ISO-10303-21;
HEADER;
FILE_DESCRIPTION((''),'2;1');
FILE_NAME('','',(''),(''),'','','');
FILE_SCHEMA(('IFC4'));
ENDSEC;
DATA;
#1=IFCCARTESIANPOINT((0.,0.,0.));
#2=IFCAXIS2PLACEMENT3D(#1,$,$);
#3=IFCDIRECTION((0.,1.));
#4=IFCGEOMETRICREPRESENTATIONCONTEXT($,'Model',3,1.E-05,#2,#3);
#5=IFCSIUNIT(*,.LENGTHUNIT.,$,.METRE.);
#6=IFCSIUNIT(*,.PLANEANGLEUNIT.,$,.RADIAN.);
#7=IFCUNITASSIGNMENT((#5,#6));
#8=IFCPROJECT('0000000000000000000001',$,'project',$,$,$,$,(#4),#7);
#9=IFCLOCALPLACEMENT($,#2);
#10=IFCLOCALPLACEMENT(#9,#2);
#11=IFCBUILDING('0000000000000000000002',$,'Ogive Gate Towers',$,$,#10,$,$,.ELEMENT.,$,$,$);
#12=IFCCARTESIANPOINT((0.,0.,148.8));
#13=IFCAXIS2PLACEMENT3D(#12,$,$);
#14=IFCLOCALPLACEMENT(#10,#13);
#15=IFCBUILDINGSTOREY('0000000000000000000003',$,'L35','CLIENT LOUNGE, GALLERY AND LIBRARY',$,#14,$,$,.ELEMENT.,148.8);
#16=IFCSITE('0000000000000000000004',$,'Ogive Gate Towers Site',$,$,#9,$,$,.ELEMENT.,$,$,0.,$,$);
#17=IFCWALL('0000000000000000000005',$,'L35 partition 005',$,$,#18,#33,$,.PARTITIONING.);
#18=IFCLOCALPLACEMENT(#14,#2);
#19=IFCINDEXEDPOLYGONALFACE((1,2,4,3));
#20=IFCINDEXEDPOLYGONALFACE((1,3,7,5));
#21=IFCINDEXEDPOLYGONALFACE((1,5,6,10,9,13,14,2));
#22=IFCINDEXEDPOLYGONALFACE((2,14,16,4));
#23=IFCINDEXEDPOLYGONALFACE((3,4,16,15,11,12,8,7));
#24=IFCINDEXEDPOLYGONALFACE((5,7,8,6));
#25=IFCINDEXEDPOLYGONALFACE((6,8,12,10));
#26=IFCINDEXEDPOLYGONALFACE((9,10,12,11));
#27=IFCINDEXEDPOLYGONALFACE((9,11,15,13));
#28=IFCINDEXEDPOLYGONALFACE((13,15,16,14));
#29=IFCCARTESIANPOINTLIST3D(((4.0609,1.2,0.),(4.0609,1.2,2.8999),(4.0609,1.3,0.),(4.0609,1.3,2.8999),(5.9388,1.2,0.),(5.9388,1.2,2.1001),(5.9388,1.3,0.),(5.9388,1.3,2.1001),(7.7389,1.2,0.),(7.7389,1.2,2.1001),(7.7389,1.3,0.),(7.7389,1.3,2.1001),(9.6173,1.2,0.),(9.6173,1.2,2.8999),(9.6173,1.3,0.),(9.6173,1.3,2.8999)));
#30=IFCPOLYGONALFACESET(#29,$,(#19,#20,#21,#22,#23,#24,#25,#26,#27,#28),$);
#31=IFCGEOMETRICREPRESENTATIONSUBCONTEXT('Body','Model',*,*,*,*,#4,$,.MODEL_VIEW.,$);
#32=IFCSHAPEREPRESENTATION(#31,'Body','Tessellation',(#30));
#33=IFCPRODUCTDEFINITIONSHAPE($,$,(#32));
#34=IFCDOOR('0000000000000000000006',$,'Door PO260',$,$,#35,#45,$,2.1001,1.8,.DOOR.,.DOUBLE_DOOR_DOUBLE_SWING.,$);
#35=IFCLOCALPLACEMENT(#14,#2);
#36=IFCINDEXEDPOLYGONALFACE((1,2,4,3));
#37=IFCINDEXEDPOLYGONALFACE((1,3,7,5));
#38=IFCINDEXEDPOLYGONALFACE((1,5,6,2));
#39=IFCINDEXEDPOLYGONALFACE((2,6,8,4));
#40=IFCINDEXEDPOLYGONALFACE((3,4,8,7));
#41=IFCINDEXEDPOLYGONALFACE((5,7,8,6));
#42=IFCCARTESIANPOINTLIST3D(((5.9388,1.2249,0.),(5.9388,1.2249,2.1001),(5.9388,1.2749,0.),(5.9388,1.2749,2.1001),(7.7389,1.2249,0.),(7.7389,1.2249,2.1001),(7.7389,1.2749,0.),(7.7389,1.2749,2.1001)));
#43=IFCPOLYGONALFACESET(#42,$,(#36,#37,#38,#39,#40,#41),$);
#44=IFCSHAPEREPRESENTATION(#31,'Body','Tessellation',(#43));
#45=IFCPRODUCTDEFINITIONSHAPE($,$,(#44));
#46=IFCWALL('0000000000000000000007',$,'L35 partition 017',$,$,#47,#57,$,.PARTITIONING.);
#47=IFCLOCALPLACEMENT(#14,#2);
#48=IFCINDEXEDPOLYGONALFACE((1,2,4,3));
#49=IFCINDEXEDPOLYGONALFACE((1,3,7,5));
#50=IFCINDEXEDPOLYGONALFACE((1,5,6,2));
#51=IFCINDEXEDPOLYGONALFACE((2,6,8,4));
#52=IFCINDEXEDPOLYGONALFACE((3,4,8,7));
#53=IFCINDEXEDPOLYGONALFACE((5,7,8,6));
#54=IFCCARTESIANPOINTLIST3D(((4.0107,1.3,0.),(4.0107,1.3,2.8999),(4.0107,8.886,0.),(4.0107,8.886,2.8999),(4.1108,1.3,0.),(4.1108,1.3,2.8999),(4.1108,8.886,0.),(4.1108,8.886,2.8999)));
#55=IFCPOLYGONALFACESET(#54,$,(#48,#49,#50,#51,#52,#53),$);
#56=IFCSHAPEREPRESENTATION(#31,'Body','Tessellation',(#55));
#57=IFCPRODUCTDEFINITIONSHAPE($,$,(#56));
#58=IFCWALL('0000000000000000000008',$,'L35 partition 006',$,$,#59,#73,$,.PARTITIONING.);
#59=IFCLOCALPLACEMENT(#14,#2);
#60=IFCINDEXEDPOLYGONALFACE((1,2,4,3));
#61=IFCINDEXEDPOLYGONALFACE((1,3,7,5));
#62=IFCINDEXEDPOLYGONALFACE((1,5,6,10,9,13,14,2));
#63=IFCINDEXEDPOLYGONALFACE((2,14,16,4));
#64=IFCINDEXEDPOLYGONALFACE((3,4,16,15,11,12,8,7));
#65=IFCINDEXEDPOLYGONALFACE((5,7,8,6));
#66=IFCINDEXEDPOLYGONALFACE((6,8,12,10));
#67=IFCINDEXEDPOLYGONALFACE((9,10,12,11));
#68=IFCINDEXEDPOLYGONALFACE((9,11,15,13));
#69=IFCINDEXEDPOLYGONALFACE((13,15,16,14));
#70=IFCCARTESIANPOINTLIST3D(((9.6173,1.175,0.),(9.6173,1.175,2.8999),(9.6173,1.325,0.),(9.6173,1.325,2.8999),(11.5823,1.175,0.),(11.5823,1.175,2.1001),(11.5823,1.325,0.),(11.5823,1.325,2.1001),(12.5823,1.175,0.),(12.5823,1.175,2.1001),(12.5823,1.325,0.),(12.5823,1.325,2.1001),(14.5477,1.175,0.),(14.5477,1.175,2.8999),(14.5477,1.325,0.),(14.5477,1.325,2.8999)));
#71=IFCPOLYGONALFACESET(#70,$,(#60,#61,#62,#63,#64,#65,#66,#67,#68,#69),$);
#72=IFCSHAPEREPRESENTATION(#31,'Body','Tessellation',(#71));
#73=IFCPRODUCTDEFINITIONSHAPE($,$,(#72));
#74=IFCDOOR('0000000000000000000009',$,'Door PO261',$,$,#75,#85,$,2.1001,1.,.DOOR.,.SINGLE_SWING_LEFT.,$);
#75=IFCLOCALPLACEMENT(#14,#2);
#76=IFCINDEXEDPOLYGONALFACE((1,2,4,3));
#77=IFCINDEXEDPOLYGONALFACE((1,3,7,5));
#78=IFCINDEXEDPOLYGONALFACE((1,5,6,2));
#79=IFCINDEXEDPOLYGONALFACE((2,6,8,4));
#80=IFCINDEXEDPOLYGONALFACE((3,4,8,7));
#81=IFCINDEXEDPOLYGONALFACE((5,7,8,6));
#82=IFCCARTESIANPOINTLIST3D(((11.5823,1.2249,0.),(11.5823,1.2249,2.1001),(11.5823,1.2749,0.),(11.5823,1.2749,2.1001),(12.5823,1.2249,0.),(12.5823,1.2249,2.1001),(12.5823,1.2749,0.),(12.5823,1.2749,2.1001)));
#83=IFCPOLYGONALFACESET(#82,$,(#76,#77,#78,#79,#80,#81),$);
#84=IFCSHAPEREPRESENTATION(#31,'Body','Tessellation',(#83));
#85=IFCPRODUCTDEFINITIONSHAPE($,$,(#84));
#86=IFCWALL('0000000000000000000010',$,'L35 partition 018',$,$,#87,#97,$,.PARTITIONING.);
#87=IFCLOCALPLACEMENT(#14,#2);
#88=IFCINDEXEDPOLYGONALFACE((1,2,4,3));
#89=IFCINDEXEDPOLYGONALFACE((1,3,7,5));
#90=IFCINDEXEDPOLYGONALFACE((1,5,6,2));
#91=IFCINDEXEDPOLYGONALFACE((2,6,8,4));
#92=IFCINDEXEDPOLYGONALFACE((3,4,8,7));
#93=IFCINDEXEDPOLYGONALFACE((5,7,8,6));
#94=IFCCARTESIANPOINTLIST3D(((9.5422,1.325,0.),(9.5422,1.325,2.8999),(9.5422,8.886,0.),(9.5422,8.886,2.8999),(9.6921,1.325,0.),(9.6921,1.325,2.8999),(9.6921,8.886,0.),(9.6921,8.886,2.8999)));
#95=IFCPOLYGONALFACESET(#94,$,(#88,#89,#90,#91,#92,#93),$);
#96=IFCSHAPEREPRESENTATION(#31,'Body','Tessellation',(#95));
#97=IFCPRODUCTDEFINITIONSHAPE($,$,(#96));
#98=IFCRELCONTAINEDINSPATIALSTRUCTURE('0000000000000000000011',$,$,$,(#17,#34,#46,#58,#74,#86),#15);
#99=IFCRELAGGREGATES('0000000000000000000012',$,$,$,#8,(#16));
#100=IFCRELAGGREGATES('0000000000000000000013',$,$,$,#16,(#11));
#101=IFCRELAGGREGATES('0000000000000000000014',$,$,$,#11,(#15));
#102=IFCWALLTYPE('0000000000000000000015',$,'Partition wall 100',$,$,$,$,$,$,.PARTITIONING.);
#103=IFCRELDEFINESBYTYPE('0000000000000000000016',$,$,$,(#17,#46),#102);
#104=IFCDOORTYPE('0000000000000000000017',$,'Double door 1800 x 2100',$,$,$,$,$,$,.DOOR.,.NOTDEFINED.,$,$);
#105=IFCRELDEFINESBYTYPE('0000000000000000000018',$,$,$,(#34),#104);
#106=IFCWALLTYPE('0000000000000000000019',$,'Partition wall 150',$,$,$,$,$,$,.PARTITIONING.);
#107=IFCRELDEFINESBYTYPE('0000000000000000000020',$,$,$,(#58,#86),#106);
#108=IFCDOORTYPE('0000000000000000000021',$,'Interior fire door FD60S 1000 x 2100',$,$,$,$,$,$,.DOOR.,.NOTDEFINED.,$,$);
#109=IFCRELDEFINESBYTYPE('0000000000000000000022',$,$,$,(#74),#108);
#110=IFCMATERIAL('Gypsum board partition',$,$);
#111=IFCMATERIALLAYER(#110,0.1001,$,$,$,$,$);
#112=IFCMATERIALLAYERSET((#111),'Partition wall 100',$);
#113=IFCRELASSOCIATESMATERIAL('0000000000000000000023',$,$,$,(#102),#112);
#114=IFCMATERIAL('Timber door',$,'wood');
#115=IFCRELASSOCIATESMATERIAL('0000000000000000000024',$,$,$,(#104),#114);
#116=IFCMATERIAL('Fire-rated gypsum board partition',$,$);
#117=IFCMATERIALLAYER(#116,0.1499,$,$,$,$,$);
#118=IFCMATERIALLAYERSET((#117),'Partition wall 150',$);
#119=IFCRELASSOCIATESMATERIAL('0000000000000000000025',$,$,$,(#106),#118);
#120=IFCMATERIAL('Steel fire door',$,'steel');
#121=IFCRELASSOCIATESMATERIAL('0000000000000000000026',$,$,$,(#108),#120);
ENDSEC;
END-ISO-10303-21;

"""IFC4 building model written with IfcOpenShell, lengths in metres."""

from ifc_helpers import new_model, si_unit, direction, frame, frame_2d, origin, place, context, subcontext, project, spatial, rectangle, extrude, material, layer, layer_set, type_object, element, fill, save


model = new_model("IFC4")

# Units and contexts
model_context = context("Model", 3, precision=1e-05, world=origin(), true_north=direction((0.0, 1.0)))
body_context = subcontext(model_context, "Body", "Model", "MODEL_VIEW")
ifc_project = project(units=[si_unit("LENGTHUNIT", "METRE"), si_unit("PLANEANGLEUNIT", "RADIAN")], contexts=[model_context])

# Site, building, storey
site_placement = place(None, origin())
site = spatial("IfcSite", under=ifc_project, at=site_placement, Name="Ogive Gate Towers Site", CompositionType="ELEMENT", RefElevation=0.0)
building_placement = place(site_placement, origin())
building = spatial("IfcBuilding", under=site, at=building_placement, Name="Ogive Gate Towers", CompositionType="ELEMENT")
storey_placement = place(building_placement, frame((0.0, 0.0, 148.8)))
storey = spatial("IfcBuildingStorey", under=building, at=storey_placement, Name="L35", Description="CLIENT LOUNGE, GALLERY AND LIBRARY", CompositionType="ELEMENT", Elevation=148.8)

# Shared definitions
ifc_material_1 = material(Name="Gypsum board partition")

# Wall, opening, door
ifc_layer_1 = layer(ifc_material_1, 0.1001)
ifc_layer_set_1 = layer_set([ifc_layer_1], Name="Partition wall 100")
wall_type_1 = type_object("IfcWallType", Name="Partition wall 100", PredefinedType="PARTITIONING", material=ifc_layer_set_1)
wall_1_placement = place(storey_placement, frame((4.0608, 1.25, 0.0), z_axis=(0.0, 0.0, 1.0), x_axis=(1.0, 0.0, 0.0)))
wall_1 = element("IfcWall", 1, at=wall_1_placement, inside=storey, type_object=wall_type_1, Name="L35 partition 005", PredefinedType="PARTITIONING", context=body_context, shape_type="SweptSolid", body=[
    extrude(rectangle(XDim=5.5564, YDim=0.1001, at=frame_2d((2.7783, 0.0))), origin(), (0.0, 0.0, 1.0), 2.8999),
])
opening_1_placement = place(wall_1_placement, frame((1.8782, 0.0, 0.0)))
opening_1 = element("IfcOpeningElement", 2, at=opening_1_placement, cuts=wall_1, PredefinedType="OPENING", context=body_context, shape_type="SweptSolid", body=[
    extrude(rectangle(XDim=1.8, YDim=2.1001, at=frame_2d((0.8999, 1.05))), frame((0.0, 0.0601, 0.0), z_axis=(0.0, -1.0, 0.0), x_axis=(1.0, 0.0, 0.0)), (0.0, 0.0, 1.0), 0.1201),
])
ifc_material_2 = material(Name="Timber door", Category="wood")
door_type_1 = type_object("IfcDoorType", Name="Double door 1800 x 2100", OperationType="NOTDEFINED", PredefinedType="DOOR", material=ifc_material_2)
door_1_placement = place(opening_1_placement, origin())
door_1 = element("IfcDoor", 3, at=door_1_placement, inside=storey, type_object=door_type_1, Name="Door PO260", OperationType="DOUBLE_DOOR_DOUBLE_SWING", OverallHeight=2.1001, OverallWidth=1.8, PredefinedType="DOOR", context=body_context, shape_type="SweptSolid", body=[
    extrude(rectangle(XDim=1.8, YDim=2.1001, at=frame_2d((0.8999, 1.05))), frame((0.0, 0.0249, 0.0), z_axis=(0.0, -1.0, 0.0), x_axis=(1.0, 0.0, 0.0)), (0.0, 0.0, 1.0), 0.05),
])
fill(opening_1, door_1)

# Wall
wall_2_placement = place(storey_placement, frame((4.0608, 1.3, 0.0), z_axis=(0.0, 0.0, 1.0), x_axis=(0.0, 1.0, 0.0)))
element("IfcWall", 4, at=wall_2_placement, inside=storey, type_object=wall_type_1, Name="L35 partition 017", PredefinedType="PARTITIONING", context=body_context, shape_type="SweptSolid", body=[
    extrude(rectangle(XDim=7.5859, YDim=0.1001, at=frame_2d((3.793, 0.0))), origin(), (0.0, 0.0, 1.0), 2.8999),
])

# Wall, opening, door
ifc_material_3 = material(Name="Fire-rated gypsum board partition")
ifc_layer_2 = layer(ifc_material_3, 0.1499)
ifc_layer_set_2 = layer_set([ifc_layer_2], Name="Partition wall 150")
wall_type_2 = type_object("IfcWallType", Name="Partition wall 150", PredefinedType="PARTITIONING", material=ifc_layer_set_2)
wall_3_placement = place(storey_placement, frame((9.6172, 1.25, 0.0), z_axis=(0.0, 0.0, 1.0), x_axis=(1.0, 0.0, 0.0)))
wall_3 = element("IfcWall", 5, at=wall_3_placement, inside=storey, type_object=wall_type_2, Name="L35 partition 006", PredefinedType="PARTITIONING", context=body_context, shape_type="SweptSolid", body=[
    extrude(rectangle(XDim=4.9304, YDim=0.1499, at=frame_2d((2.4653, 0.0))), origin(), (0.0, 0.0, 1.0), 2.8999),
])
opening_2_placement = place(wall_3_placement, frame((1.9651, 0.0, 0.0)))
opening_2 = element("IfcOpeningElement", 6, at=opening_2_placement, cuts=wall_3, PredefinedType="OPENING", context=body_context, shape_type="SweptSolid", body=[
    extrude(rectangle(XDim=1.0, YDim=2.1001, at=frame_2d((0.5, 1.05))), frame((0.0, 0.085, 0.0), z_axis=(0.0, -1.0, 0.0), x_axis=(1.0, 0.0, 0.0)), (0.0, 0.0, 1.0), 0.1699),
])
ifc_material_4 = material(Name="Steel fire door", Category="steel")
door_type_2 = type_object("IfcDoorType", Name="Interior fire door FD60S 1000 x 2100", OperationType="NOTDEFINED", PredefinedType="DOOR", material=ifc_material_4)
door_2_placement = place(opening_2_placement, origin())
door_2 = element("IfcDoor", 7, at=door_2_placement, inside=storey, type_object=door_type_2, Name="Door PO261", OperationType="SINGLE_SWING_LEFT", OverallHeight=2.1001, OverallWidth=1.0, PredefinedType="DOOR", context=body_context, shape_type="SweptSolid", body=[
    extrude(rectangle(XDim=1.0, YDim=2.1001, at=frame_2d((0.5, 1.05))), frame((0.0, 0.0249, 0.0), z_axis=(0.0, -1.0, 0.0), x_axis=(1.0, 0.0, 0.0)), (0.0, 0.0, 1.0), 0.05),
])
fill(opening_2, door_2)

# Wall
wall_4_placement = place(storey_placement, frame((9.6172, 1.325, 0.0), z_axis=(0.0, 0.0, 1.0), x_axis=(0.0, 1.0, 0.0)))
element("IfcWall", 8, at=wall_4_placement, inside=storey, type_object=wall_type_2, Name="L35 partition 018", PredefinedType="PARTITIONING", context=body_context, shape_type="SweptSolid", body=[
    extrude(rectangle(XDim=7.561, YDim=0.1499, at=frame_2d((3.7805, 0.0))), origin(), (0.0, 0.0, 1.0), 2.8999),
])

save(model, "model.ifc")
